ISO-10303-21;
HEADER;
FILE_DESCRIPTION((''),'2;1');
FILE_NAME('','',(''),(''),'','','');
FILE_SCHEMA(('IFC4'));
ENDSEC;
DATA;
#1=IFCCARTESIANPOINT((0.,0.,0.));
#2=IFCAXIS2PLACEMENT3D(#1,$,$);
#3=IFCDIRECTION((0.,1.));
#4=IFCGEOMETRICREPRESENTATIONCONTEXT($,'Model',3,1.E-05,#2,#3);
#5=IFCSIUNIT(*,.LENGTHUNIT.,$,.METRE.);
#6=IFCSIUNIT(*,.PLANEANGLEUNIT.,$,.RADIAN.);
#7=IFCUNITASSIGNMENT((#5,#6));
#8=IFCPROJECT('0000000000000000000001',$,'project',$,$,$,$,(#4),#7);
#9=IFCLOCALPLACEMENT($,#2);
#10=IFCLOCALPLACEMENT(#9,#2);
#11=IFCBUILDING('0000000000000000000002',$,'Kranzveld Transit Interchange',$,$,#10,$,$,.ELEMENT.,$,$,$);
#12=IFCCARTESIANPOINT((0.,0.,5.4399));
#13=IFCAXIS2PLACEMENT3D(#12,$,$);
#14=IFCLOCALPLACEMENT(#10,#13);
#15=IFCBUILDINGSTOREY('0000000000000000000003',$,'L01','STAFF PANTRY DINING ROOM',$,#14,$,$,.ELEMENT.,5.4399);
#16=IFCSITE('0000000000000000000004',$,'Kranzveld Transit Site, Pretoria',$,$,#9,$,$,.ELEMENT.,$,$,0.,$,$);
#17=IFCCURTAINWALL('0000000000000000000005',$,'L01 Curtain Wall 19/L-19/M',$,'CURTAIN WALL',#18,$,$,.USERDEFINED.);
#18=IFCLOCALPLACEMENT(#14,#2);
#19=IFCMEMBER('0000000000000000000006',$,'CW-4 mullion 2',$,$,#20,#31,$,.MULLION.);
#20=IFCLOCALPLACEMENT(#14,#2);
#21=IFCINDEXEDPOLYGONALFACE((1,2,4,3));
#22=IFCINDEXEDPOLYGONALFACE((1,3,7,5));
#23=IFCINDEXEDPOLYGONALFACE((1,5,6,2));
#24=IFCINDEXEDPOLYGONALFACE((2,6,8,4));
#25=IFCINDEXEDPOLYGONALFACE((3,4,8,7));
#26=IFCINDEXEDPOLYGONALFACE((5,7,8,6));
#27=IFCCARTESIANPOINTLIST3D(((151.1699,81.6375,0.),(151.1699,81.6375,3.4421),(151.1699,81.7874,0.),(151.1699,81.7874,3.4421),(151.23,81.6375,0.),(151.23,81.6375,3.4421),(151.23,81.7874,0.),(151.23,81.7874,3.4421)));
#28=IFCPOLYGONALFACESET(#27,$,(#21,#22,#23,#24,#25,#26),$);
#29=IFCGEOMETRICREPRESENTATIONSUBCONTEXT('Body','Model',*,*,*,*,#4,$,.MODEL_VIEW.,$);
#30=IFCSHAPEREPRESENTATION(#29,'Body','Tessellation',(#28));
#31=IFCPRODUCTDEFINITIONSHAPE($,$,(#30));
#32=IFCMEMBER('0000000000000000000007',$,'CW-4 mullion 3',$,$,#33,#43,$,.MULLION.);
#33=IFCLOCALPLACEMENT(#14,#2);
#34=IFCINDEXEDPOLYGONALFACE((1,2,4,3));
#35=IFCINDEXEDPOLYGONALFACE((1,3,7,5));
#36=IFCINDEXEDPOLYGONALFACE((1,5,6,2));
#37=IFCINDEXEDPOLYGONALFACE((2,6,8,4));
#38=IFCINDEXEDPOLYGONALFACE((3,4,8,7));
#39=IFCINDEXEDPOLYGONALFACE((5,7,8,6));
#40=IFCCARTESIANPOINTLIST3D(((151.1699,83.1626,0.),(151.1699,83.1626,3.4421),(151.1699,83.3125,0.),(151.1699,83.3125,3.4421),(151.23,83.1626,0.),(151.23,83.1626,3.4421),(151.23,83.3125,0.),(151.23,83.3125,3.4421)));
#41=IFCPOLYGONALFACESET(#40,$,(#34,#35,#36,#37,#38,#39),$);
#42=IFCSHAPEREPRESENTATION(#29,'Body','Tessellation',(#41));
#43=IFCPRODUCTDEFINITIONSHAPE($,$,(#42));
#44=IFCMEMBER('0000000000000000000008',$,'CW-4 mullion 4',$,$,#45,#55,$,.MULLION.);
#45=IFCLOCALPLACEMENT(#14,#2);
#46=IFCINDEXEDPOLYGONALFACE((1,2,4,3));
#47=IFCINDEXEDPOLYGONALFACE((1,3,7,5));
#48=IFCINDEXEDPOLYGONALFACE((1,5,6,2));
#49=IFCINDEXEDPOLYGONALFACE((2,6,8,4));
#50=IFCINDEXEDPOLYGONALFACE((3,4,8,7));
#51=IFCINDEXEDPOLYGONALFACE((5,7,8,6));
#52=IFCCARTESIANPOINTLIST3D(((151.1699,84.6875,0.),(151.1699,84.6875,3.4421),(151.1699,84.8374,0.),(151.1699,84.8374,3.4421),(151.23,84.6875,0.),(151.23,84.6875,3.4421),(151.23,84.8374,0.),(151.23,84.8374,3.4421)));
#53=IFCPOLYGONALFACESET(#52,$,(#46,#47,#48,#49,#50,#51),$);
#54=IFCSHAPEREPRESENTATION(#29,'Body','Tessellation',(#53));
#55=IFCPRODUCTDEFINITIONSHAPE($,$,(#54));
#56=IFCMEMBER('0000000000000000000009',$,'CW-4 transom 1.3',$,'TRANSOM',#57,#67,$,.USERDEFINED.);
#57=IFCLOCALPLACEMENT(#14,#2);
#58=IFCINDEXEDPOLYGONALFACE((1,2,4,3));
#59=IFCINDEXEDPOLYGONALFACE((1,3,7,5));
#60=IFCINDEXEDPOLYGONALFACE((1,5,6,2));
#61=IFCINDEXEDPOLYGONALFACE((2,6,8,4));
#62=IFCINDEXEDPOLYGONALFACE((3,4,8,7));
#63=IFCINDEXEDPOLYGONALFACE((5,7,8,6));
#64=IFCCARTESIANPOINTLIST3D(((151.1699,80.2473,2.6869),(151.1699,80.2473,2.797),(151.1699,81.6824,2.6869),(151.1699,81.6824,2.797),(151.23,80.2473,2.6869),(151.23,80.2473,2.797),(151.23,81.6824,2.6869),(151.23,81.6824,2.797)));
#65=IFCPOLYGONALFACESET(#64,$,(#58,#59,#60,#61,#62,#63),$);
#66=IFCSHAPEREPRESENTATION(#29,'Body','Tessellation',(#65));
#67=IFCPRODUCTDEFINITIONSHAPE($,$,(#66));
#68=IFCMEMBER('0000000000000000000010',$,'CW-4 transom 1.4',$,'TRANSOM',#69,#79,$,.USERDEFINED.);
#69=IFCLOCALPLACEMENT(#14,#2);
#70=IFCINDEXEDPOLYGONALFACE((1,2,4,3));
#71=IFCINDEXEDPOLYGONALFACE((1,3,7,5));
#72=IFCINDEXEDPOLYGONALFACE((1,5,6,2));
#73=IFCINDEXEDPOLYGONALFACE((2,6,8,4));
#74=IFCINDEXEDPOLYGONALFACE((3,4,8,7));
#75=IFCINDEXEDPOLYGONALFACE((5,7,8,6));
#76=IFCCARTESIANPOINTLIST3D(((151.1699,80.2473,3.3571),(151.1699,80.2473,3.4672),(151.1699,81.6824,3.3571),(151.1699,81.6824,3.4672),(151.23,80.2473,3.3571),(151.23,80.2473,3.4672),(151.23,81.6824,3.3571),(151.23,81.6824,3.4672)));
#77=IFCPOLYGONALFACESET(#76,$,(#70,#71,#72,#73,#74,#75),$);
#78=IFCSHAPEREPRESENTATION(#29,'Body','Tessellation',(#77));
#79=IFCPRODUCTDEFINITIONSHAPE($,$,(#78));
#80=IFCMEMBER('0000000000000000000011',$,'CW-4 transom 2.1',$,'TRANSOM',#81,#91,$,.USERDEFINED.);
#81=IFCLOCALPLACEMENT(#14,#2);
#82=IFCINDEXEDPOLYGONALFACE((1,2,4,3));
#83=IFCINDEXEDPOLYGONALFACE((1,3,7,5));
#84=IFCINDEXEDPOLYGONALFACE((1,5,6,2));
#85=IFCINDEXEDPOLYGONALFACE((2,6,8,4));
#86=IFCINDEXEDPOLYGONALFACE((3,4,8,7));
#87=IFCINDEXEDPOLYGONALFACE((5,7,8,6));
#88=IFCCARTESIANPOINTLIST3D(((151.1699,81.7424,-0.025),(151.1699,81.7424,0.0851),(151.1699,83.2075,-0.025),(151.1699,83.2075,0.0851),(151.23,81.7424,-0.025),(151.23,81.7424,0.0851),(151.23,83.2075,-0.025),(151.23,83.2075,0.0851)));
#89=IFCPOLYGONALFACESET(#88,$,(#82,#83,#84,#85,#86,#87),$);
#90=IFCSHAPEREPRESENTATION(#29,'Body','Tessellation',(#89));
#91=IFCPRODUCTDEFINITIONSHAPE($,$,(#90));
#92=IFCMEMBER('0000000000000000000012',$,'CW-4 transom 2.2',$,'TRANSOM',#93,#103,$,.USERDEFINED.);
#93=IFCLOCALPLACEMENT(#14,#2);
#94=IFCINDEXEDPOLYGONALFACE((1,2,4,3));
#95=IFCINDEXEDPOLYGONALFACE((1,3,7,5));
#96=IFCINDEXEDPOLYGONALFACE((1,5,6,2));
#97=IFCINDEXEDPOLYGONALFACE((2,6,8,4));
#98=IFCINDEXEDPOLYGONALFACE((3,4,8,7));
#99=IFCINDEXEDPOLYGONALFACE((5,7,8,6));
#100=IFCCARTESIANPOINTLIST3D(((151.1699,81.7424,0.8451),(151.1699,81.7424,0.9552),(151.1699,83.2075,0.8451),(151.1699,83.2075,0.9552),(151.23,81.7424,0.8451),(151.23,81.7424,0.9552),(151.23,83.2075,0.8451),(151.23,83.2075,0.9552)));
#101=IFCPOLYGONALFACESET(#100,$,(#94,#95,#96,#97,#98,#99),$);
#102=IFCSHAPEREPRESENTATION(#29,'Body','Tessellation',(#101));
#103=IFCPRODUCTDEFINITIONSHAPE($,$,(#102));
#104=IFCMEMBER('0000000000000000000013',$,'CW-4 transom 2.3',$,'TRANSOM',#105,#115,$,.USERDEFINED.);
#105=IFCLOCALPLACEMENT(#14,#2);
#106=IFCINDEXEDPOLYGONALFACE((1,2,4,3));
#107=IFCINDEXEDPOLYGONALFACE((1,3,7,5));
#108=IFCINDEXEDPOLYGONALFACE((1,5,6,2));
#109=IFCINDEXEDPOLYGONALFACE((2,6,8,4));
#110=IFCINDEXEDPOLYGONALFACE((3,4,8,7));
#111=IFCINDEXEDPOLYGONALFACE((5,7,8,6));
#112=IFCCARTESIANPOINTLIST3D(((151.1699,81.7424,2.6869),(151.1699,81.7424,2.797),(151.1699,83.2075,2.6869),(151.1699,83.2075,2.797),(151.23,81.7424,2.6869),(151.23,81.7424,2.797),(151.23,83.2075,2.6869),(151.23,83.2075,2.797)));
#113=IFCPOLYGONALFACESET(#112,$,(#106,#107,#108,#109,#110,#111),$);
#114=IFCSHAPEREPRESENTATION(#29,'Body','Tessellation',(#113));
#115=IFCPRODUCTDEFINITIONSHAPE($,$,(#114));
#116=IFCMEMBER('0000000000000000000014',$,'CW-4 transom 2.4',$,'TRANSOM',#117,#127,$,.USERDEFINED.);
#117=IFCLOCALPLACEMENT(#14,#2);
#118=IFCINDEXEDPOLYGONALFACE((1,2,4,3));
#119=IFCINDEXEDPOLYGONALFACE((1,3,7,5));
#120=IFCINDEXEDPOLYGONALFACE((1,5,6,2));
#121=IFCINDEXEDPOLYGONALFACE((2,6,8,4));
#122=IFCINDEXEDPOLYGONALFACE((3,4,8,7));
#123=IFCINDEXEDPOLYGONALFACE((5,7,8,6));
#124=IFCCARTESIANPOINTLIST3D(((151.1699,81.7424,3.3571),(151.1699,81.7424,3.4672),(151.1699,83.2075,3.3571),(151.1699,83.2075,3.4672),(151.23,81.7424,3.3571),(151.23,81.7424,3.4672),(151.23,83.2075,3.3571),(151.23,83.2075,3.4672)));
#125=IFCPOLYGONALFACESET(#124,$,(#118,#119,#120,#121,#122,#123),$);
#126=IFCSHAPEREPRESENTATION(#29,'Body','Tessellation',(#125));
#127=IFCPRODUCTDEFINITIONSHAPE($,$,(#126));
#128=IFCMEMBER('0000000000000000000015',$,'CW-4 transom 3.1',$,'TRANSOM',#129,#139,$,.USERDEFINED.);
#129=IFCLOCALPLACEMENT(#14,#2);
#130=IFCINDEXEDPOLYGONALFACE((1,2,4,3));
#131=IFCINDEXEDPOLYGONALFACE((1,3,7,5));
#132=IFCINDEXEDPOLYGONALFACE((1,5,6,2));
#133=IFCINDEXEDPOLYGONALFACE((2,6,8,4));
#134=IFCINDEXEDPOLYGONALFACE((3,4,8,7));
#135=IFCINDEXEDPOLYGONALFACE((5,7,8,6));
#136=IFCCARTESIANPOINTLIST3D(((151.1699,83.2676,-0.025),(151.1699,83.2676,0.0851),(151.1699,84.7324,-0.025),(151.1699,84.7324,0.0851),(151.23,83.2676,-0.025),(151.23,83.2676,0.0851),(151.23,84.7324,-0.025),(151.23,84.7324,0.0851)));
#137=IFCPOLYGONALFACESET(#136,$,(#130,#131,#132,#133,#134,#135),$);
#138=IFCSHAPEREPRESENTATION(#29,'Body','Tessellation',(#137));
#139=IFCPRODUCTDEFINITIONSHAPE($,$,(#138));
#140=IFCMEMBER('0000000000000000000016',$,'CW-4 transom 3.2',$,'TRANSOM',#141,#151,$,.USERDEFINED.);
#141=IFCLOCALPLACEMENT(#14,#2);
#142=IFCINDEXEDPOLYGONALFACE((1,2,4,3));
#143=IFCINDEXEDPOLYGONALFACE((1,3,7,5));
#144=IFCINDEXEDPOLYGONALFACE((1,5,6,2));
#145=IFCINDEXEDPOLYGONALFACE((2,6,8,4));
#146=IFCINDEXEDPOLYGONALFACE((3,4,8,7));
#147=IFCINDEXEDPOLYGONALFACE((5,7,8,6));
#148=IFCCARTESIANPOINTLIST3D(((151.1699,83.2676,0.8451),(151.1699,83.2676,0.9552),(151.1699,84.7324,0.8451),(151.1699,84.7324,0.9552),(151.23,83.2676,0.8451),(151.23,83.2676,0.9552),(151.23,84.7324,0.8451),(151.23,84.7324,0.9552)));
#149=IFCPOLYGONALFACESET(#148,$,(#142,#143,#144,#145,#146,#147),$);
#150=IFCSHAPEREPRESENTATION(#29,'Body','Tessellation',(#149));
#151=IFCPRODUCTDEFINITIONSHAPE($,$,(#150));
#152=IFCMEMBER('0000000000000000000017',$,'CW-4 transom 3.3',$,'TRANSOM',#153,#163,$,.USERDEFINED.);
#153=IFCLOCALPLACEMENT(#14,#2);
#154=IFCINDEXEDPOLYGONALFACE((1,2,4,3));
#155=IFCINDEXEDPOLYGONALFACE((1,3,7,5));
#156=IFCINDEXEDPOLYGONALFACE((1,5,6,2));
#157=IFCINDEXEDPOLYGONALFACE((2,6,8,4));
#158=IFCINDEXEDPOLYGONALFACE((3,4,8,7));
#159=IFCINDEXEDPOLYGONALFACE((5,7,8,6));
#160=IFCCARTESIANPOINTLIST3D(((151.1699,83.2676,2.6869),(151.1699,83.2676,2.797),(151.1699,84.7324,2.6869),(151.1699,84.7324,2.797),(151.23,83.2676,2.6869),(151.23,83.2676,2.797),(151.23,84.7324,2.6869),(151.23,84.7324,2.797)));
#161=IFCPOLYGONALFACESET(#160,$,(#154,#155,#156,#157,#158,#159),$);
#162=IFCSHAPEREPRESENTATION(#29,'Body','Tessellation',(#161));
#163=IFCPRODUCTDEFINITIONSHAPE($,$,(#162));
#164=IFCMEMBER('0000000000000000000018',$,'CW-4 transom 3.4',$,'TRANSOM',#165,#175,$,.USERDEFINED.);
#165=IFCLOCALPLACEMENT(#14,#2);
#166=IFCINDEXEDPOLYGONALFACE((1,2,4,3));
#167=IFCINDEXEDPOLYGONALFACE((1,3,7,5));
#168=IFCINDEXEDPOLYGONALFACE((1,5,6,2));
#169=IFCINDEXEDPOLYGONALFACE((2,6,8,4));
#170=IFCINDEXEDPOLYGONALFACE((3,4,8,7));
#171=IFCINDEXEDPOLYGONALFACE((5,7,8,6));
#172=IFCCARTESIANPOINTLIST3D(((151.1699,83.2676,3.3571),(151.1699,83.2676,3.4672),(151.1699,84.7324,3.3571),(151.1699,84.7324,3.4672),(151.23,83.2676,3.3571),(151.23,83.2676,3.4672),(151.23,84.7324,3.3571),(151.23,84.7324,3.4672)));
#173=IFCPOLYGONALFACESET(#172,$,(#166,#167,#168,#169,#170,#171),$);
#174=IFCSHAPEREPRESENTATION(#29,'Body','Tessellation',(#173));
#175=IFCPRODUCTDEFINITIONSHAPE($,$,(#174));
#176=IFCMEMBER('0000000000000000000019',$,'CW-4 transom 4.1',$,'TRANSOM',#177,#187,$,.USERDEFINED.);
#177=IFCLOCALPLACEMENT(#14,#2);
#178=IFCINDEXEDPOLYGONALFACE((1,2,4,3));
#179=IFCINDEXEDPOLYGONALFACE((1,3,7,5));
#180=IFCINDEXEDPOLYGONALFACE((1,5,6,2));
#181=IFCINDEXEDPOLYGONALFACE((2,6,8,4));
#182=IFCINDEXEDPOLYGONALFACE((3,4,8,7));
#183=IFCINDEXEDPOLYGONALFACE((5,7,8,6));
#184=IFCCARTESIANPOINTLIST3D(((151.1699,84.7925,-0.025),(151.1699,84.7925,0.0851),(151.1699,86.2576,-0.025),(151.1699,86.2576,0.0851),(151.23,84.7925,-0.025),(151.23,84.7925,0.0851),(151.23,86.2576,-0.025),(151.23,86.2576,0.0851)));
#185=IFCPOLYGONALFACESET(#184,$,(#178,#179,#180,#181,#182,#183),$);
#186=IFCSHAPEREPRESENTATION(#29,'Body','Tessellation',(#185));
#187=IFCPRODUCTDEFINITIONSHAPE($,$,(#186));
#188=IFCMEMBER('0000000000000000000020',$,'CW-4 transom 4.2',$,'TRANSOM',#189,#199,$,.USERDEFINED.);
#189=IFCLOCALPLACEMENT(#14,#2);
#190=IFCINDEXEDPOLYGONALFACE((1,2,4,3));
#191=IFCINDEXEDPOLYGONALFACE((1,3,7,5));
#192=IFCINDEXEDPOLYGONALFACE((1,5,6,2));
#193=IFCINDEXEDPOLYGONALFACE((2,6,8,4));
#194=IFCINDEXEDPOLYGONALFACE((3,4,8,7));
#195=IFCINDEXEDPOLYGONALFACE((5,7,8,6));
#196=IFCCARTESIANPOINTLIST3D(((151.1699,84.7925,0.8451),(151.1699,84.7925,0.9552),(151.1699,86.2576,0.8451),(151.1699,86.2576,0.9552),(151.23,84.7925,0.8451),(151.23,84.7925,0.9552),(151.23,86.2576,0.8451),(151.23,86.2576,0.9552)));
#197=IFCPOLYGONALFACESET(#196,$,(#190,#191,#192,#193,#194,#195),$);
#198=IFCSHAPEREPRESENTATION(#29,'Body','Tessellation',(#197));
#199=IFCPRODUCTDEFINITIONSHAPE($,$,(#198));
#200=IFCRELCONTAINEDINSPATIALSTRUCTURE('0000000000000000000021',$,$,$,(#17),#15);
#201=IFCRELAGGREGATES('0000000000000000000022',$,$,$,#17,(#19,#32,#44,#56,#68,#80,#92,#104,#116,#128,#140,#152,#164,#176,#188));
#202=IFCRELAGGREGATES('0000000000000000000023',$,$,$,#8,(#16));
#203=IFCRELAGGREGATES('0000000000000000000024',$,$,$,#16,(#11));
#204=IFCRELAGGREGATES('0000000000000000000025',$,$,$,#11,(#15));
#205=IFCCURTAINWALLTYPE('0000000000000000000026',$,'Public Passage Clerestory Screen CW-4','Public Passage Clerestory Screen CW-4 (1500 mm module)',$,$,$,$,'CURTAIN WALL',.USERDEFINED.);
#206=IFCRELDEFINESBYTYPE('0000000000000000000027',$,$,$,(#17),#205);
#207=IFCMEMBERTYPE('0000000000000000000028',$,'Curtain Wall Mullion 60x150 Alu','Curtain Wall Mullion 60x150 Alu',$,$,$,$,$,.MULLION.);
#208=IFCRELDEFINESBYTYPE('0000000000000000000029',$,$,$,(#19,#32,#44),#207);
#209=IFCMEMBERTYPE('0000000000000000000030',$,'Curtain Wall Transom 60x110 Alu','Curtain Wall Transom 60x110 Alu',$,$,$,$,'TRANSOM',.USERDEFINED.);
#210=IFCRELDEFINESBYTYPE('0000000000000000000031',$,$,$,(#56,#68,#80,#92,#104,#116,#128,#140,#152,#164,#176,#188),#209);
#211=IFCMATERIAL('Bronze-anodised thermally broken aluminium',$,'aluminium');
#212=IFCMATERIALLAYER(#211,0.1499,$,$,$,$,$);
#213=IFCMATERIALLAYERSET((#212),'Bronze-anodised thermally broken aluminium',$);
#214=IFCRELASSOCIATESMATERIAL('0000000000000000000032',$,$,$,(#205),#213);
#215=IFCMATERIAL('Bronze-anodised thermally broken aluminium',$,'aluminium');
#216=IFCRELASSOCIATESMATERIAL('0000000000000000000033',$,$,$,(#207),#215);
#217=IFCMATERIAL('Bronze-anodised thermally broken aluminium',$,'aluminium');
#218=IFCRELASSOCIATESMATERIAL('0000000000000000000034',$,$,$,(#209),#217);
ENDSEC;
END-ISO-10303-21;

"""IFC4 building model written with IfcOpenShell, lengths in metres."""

from ifc_helpers import new_model, si_unit, direction, frame, origin, origin_2d, place, context, subcontext, project, spatial, rectangle, extrude, material, layer, layer_set, material_profile, profile_set, type_object, element, aggregate, save


model = new_model("IFC4")

# Units and contexts
model_context = context("Model", 3, precision=1e-05, world=origin(), true_north=direction((0.0, 1.0)))
body_context = subcontext(model_context, "Body", "Model", "MODEL_VIEW")
ifc_project = project(units=[si_unit("LENGTHUNIT", "METRE"), si_unit("PLANEANGLEUNIT", "RADIAN")], contexts=[model_context])

# Site, building, storey
site_placement = place(None, origin())
site = spatial("IfcSite", under=ifc_project, at=site_placement, Name="Kranzveld Transit Site, Pretoria", CompositionType="ELEMENT", RefElevation=0.0)
building_placement = place(site_placement, origin())
building = spatial("IfcBuilding", under=site, at=building_placement, Name="Kranzveld Transit Interchange", CompositionType="ELEMENT")
storey_placement = place(building_placement, frame((0.0, 0.0, 5.4399)))
storey = spatial("IfcBuildingStorey", under=building, at=storey_placement, Name="L01", Description="STAFF PANTRY DINING ROOM", CompositionType="ELEMENT", Elevation=5.4399)

# Curtain wall, members
ifc_material_1 = material(Name="Bronze-anodised thermally broken aluminium", Category="aluminium")
ifc_layer_1 = layer(ifc_material_1, 0.1499)
ifc_layer_set_1 = layer_set([ifc_layer_1], Name="Bronze-anodised thermally broken aluminium")
curtain_wall_type = type_object("IfcCurtainWallType", Name="Public Passage Clerestory Screen CW-4", Description="Public Passage Clerestory Screen CW-4 (1500 mm module)", ElementType="CURTAIN WALL", PredefinedType="USERDEFINED", material=ifc_layer_set_1)
curtain_wall_placement = place(storey_placement, origin())
curtain_wall = element("IfcCurtainWall", 1, at=curtain_wall_placement, inside=storey, type_object=curtain_wall_type, Name="L01 Curtain Wall 19/L-19/M", ObjectType="CURTAIN WALL", PredefinedType="USERDEFINED")
ifc_material_2 = material(Name="Bronze-anodised thermally broken aluminium", Category="aluminium")
ifc_material_profile_1 = material_profile(ifc_material_2, rectangle(XDim=0.0601, YDim=0.1499, at=origin_2d()), Name="ALU MULLION 60x150")
ifc_profile_set_1 = profile_set([ifc_material_profile_1], Name="Bronze-anodised thermally broken aluminium")
member_type_1 = type_object("IfcMemberType", Name="Curtain Wall Mullion 60x150 Alu", Description="Curtain Wall Mullion 60x150 Alu", PredefinedType="MULLION", material=ifc_profile_set_1)
member_1_placement = place(storey_placement, frame((151.2, 81.7124, 0.0), z_axis=(0.0, 0.0, 1.0), x_axis=(-1.0, 0.0, 0.0)))
member_1 = element("IfcMember", 2, at=member_1_placement, type_object=member_type_1, Name="CW-4 mullion 2", PredefinedType="MULLION", context=body_context, shape_type="SweptSolid", body=[
    extrude(rectangle(XDim=0.0601, YDim=0.1499, at=origin_2d()), origin(), (0.0, 0.0, 1.0), 3.4421),
])
member_2_placement = place(storey_placement, frame((151.2, 83.2375, 0.0), z_axis=(0.0, 0.0, 1.0), x_axis=(-1.0, 0.0, 0.0)))
member_2 = element("IfcMember", 3, at=member_2_placement, type_object=member_type_1, Name="CW-4 mullion 3", PredefinedType="MULLION", context=body_context, shape_type="SweptSolid", body=[
    extrude(rectangle(XDim=0.0601, YDim=0.1499, at=origin_2d()), origin(), (0.0, 0.0, 1.0), 3.4421),
])
member_3_placement = place(storey_placement, frame((151.2, 84.7625, 0.0), z_axis=(0.0, 0.0, 1.0), x_axis=(-1.0, 0.0, 0.0)))
member_3 = element("IfcMember", 4, at=member_3_placement, type_object=member_type_1, Name="CW-4 mullion 4", PredefinedType="MULLION", context=body_context, shape_type="SweptSolid", body=[
    extrude(rectangle(XDim=0.0601, YDim=0.1499, at=origin_2d()), origin(), (0.0, 0.0, 1.0), 3.4421),
])
ifc_material_3 = material(Name="Bronze-anodised thermally broken aluminium", Category="aluminium")
ifc_material_profile_2 = material_profile(ifc_material_3, rectangle(XDim=0.0601, YDim=0.1101, at=origin_2d()), Name="ALU TRANSOM 60x110")
ifc_profile_set_2 = profile_set([ifc_material_profile_2], Name="Bronze-anodised thermally broken aluminium")
member_type_2 = type_object("IfcMemberType", Name="Curtain Wall Transom 60x110 Alu", Description="Curtain Wall Transom 60x110 Alu", ElementType="TRANSOM", PredefinedType="USERDEFINED", material=ifc_profile_set_2)
member_4_placement = place(storey_placement, frame((151.2, 80.2473, 2.7419), z_axis=(0.0, 1.0, 0.0), x_axis=(-1.0, 0.0, 0.0)))
member_4 = element("IfcMember", 5, at=member_4_placement, type_object=member_type_2, Name="CW-4 transom 1.3", ObjectType="TRANSOM", PredefinedType="USERDEFINED", context=body_context, shape_type="SweptSolid", body=[
    extrude(rectangle(XDim=0.0601, YDim=0.1101, at=origin_2d()), origin(), (0.0, 0.0, 1.0), 1.4351),
])
member_5_placement = place(storey_placement, frame((151.2, 80.2473, 3.4121), z_axis=(0.0, 1.0, 0.0), x_axis=(-1.0, 0.0, 0.0)))
member_5 = element("IfcMember", 6, at=member_5_placement, type_object=member_type_2, Name="CW-4 transom 1.4", ObjectType="TRANSOM", PredefinedType="USERDEFINED", context=body_context, shape_type="SweptSolid", body=[
    extrude(rectangle(XDim=0.0601, YDim=0.1101, at=origin_2d()), origin(), (0.0, 0.0, 1.0), 1.4351),
])
member_6_placement = place(storey_placement, frame((151.2, 81.7424, 0.03), z_axis=(0.0, 1.0, 0.0), x_axis=(-1.0, 0.0, 0.0)))
member_6 = element("IfcMember", 7, at=member_6_placement, type_object=member_type_2, Name="CW-4 transom 2.1", ObjectType="TRANSOM", PredefinedType="USERDEFINED", context=body_context, shape_type="SweptSolid", body=[
    extrude(rectangle(XDim=0.0601, YDim=0.1101, at=origin_2d()), origin(), (0.0, 0.0, 1.0), 1.4651),
])
member_7_placement = place(storey_placement, frame((151.2, 81.7424, 0.9001), z_axis=(0.0, 1.0, 0.0), x_axis=(-1.0, 0.0, 0.0)))
member_7 = element("IfcMember", 8, at=member_7_placement, type_object=member_type_2, Name="CW-4 transom 2.2", ObjectType="TRANSOM", PredefinedType="USERDEFINED", context=body_context, shape_type="SweptSolid", body=[
    extrude(rectangle(XDim=0.0601, YDim=0.1101, at=origin_2d()), origin(), (0.0, 0.0, 1.0), 1.4651),
])
member_8_placement = place(storey_placement, frame((151.2, 81.7424, 2.7419), z_axis=(0.0, 1.0, 0.0), x_axis=(-1.0, 0.0, 0.0)))
member_8 = element("IfcMember", 9, at=member_8_placement, type_object=member_type_2, Name="CW-4 transom 2.3", ObjectType="TRANSOM", PredefinedType="USERDEFINED", context=body_context, shape_type="SweptSolid", body=[
    extrude(rectangle(XDim=0.0601, YDim=0.1101, at=origin_2d()), origin(), (0.0, 0.0, 1.0), 1.4651),
])
member_9_placement = place(storey_placement, frame((151.2, 81.7424, 3.4121), z_axis=(0.0, 1.0, 0.0), x_axis=(-1.0, 0.0, 0.0)))
member_9 = element("IfcMember", 10, at=member_9_placement, type_object=member_type_2, Name="CW-4 transom 2.4", ObjectType="TRANSOM", PredefinedType="USERDEFINED", context=body_context, shape_type="SweptSolid", body=[
    extrude(rectangle(XDim=0.0601, YDim=0.1101, at=origin_2d()), origin(), (0.0, 0.0, 1.0), 1.4651),
])
member_10_placement = place(storey_placement, frame((151.2, 83.2676, 0.03), z_axis=(0.0, 1.0, 0.0), x_axis=(-1.0, 0.0, 0.0)))
member_10 = element("IfcMember", 11, at=member_10_placement, type_object=member_type_2, Name="CW-4 transom 3.1", ObjectType="TRANSOM", PredefinedType="USERDEFINED", context=body_context, shape_type="SweptSolid", body=[
    extrude(rectangle(XDim=0.0601, YDim=0.1101, at=origin_2d()), origin(), (0.0, 0.0, 1.0), 1.4648),
])
member_11_placement = place(storey_placement, frame((151.2, 83.2676, 0.9001), z_axis=(0.0, 1.0, 0.0), x_axis=(-1.0, 0.0, 0.0)))
member_11 = element("IfcMember", 12, at=member_11_placement, type_object=member_type_2, Name="CW-4 transom 3.2", ObjectType="TRANSOM", PredefinedType="USERDEFINED", context=body_context, shape_type="SweptSolid", body=[
    extrude(rectangle(XDim=0.0601, YDim=0.1101, at=origin_2d()), origin(), (0.0, 0.0, 1.0), 1.4648),
])
member_12_placement = place(storey_placement, frame((151.2, 83.2676, 2.7419), z_axis=(0.0, 1.0, 0.0), x_axis=(-1.0, 0.0, 0.0)))
member_12 = element("IfcMember", 13, at=member_12_placement, type_object=member_type_2, Name="CW-4 transom 3.3", ObjectType="TRANSOM", PredefinedType="USERDEFINED", context=body_context, shape_type="SweptSolid", body=[
    extrude(rectangle(XDim=0.0601, YDim=0.1101, at=origin_2d()), origin(), (0.0, 0.0, 1.0), 1.4648),
])
member_13_placement = place(storey_placement, frame((151.2, 83.2676, 3.4121), z_axis=(0.0, 1.0, 0.0), x_axis=(-1.0, 0.0, 0.0)))
member_13 = element("IfcMember", 14, at=member_13_placement, type_object=member_type_2, Name="CW-4 transom 3.4", ObjectType="TRANSOM", PredefinedType="USERDEFINED", context=body_context, shape_type="SweptSolid", body=[
    extrude(rectangle(XDim=0.0601, YDim=0.1101, at=origin_2d()), origin(), (0.0, 0.0, 1.0), 1.4648),
])
member_14_placement = place(storey_placement, frame((151.2, 84.7925, 0.03), z_axis=(0.0, 1.0, 0.0), x_axis=(-1.0, 0.0, 0.0)))
member_14 = element("IfcMember", 15, at=member_14_placement, type_object=member_type_2, Name="CW-4 transom 4.1", ObjectType="TRANSOM", PredefinedType="USERDEFINED", context=body_context, shape_type="SweptSolid", body=[
    extrude(rectangle(XDim=0.0601, YDim=0.1101, at=origin_2d()), origin(), (0.0, 0.0, 1.0), 1.4651),
])
member_15_placement = place(storey_placement, frame((151.2, 84.7925, 0.9001), z_axis=(0.0, 1.0, 0.0), x_axis=(-1.0, 0.0, 0.0)))
member_15 = element("IfcMember", 16, at=member_15_placement, type_object=member_type_2, Name="CW-4 transom 4.2", ObjectType="TRANSOM", PredefinedType="USERDEFINED", context=body_context, shape_type="SweptSolid", body=[
    extrude(rectangle(XDim=0.0601, YDim=0.1101, at=origin_2d()), origin(), (0.0, 0.0, 1.0), 1.4651),
])
aggregate(curtain_wall, [member_1, member_2, member_3, member_4, member_5, member_6, member_7, member_8, member_9, member_10, member_11, member_12, member_13, member_14, member_15])

save(model, "model.ifc")
